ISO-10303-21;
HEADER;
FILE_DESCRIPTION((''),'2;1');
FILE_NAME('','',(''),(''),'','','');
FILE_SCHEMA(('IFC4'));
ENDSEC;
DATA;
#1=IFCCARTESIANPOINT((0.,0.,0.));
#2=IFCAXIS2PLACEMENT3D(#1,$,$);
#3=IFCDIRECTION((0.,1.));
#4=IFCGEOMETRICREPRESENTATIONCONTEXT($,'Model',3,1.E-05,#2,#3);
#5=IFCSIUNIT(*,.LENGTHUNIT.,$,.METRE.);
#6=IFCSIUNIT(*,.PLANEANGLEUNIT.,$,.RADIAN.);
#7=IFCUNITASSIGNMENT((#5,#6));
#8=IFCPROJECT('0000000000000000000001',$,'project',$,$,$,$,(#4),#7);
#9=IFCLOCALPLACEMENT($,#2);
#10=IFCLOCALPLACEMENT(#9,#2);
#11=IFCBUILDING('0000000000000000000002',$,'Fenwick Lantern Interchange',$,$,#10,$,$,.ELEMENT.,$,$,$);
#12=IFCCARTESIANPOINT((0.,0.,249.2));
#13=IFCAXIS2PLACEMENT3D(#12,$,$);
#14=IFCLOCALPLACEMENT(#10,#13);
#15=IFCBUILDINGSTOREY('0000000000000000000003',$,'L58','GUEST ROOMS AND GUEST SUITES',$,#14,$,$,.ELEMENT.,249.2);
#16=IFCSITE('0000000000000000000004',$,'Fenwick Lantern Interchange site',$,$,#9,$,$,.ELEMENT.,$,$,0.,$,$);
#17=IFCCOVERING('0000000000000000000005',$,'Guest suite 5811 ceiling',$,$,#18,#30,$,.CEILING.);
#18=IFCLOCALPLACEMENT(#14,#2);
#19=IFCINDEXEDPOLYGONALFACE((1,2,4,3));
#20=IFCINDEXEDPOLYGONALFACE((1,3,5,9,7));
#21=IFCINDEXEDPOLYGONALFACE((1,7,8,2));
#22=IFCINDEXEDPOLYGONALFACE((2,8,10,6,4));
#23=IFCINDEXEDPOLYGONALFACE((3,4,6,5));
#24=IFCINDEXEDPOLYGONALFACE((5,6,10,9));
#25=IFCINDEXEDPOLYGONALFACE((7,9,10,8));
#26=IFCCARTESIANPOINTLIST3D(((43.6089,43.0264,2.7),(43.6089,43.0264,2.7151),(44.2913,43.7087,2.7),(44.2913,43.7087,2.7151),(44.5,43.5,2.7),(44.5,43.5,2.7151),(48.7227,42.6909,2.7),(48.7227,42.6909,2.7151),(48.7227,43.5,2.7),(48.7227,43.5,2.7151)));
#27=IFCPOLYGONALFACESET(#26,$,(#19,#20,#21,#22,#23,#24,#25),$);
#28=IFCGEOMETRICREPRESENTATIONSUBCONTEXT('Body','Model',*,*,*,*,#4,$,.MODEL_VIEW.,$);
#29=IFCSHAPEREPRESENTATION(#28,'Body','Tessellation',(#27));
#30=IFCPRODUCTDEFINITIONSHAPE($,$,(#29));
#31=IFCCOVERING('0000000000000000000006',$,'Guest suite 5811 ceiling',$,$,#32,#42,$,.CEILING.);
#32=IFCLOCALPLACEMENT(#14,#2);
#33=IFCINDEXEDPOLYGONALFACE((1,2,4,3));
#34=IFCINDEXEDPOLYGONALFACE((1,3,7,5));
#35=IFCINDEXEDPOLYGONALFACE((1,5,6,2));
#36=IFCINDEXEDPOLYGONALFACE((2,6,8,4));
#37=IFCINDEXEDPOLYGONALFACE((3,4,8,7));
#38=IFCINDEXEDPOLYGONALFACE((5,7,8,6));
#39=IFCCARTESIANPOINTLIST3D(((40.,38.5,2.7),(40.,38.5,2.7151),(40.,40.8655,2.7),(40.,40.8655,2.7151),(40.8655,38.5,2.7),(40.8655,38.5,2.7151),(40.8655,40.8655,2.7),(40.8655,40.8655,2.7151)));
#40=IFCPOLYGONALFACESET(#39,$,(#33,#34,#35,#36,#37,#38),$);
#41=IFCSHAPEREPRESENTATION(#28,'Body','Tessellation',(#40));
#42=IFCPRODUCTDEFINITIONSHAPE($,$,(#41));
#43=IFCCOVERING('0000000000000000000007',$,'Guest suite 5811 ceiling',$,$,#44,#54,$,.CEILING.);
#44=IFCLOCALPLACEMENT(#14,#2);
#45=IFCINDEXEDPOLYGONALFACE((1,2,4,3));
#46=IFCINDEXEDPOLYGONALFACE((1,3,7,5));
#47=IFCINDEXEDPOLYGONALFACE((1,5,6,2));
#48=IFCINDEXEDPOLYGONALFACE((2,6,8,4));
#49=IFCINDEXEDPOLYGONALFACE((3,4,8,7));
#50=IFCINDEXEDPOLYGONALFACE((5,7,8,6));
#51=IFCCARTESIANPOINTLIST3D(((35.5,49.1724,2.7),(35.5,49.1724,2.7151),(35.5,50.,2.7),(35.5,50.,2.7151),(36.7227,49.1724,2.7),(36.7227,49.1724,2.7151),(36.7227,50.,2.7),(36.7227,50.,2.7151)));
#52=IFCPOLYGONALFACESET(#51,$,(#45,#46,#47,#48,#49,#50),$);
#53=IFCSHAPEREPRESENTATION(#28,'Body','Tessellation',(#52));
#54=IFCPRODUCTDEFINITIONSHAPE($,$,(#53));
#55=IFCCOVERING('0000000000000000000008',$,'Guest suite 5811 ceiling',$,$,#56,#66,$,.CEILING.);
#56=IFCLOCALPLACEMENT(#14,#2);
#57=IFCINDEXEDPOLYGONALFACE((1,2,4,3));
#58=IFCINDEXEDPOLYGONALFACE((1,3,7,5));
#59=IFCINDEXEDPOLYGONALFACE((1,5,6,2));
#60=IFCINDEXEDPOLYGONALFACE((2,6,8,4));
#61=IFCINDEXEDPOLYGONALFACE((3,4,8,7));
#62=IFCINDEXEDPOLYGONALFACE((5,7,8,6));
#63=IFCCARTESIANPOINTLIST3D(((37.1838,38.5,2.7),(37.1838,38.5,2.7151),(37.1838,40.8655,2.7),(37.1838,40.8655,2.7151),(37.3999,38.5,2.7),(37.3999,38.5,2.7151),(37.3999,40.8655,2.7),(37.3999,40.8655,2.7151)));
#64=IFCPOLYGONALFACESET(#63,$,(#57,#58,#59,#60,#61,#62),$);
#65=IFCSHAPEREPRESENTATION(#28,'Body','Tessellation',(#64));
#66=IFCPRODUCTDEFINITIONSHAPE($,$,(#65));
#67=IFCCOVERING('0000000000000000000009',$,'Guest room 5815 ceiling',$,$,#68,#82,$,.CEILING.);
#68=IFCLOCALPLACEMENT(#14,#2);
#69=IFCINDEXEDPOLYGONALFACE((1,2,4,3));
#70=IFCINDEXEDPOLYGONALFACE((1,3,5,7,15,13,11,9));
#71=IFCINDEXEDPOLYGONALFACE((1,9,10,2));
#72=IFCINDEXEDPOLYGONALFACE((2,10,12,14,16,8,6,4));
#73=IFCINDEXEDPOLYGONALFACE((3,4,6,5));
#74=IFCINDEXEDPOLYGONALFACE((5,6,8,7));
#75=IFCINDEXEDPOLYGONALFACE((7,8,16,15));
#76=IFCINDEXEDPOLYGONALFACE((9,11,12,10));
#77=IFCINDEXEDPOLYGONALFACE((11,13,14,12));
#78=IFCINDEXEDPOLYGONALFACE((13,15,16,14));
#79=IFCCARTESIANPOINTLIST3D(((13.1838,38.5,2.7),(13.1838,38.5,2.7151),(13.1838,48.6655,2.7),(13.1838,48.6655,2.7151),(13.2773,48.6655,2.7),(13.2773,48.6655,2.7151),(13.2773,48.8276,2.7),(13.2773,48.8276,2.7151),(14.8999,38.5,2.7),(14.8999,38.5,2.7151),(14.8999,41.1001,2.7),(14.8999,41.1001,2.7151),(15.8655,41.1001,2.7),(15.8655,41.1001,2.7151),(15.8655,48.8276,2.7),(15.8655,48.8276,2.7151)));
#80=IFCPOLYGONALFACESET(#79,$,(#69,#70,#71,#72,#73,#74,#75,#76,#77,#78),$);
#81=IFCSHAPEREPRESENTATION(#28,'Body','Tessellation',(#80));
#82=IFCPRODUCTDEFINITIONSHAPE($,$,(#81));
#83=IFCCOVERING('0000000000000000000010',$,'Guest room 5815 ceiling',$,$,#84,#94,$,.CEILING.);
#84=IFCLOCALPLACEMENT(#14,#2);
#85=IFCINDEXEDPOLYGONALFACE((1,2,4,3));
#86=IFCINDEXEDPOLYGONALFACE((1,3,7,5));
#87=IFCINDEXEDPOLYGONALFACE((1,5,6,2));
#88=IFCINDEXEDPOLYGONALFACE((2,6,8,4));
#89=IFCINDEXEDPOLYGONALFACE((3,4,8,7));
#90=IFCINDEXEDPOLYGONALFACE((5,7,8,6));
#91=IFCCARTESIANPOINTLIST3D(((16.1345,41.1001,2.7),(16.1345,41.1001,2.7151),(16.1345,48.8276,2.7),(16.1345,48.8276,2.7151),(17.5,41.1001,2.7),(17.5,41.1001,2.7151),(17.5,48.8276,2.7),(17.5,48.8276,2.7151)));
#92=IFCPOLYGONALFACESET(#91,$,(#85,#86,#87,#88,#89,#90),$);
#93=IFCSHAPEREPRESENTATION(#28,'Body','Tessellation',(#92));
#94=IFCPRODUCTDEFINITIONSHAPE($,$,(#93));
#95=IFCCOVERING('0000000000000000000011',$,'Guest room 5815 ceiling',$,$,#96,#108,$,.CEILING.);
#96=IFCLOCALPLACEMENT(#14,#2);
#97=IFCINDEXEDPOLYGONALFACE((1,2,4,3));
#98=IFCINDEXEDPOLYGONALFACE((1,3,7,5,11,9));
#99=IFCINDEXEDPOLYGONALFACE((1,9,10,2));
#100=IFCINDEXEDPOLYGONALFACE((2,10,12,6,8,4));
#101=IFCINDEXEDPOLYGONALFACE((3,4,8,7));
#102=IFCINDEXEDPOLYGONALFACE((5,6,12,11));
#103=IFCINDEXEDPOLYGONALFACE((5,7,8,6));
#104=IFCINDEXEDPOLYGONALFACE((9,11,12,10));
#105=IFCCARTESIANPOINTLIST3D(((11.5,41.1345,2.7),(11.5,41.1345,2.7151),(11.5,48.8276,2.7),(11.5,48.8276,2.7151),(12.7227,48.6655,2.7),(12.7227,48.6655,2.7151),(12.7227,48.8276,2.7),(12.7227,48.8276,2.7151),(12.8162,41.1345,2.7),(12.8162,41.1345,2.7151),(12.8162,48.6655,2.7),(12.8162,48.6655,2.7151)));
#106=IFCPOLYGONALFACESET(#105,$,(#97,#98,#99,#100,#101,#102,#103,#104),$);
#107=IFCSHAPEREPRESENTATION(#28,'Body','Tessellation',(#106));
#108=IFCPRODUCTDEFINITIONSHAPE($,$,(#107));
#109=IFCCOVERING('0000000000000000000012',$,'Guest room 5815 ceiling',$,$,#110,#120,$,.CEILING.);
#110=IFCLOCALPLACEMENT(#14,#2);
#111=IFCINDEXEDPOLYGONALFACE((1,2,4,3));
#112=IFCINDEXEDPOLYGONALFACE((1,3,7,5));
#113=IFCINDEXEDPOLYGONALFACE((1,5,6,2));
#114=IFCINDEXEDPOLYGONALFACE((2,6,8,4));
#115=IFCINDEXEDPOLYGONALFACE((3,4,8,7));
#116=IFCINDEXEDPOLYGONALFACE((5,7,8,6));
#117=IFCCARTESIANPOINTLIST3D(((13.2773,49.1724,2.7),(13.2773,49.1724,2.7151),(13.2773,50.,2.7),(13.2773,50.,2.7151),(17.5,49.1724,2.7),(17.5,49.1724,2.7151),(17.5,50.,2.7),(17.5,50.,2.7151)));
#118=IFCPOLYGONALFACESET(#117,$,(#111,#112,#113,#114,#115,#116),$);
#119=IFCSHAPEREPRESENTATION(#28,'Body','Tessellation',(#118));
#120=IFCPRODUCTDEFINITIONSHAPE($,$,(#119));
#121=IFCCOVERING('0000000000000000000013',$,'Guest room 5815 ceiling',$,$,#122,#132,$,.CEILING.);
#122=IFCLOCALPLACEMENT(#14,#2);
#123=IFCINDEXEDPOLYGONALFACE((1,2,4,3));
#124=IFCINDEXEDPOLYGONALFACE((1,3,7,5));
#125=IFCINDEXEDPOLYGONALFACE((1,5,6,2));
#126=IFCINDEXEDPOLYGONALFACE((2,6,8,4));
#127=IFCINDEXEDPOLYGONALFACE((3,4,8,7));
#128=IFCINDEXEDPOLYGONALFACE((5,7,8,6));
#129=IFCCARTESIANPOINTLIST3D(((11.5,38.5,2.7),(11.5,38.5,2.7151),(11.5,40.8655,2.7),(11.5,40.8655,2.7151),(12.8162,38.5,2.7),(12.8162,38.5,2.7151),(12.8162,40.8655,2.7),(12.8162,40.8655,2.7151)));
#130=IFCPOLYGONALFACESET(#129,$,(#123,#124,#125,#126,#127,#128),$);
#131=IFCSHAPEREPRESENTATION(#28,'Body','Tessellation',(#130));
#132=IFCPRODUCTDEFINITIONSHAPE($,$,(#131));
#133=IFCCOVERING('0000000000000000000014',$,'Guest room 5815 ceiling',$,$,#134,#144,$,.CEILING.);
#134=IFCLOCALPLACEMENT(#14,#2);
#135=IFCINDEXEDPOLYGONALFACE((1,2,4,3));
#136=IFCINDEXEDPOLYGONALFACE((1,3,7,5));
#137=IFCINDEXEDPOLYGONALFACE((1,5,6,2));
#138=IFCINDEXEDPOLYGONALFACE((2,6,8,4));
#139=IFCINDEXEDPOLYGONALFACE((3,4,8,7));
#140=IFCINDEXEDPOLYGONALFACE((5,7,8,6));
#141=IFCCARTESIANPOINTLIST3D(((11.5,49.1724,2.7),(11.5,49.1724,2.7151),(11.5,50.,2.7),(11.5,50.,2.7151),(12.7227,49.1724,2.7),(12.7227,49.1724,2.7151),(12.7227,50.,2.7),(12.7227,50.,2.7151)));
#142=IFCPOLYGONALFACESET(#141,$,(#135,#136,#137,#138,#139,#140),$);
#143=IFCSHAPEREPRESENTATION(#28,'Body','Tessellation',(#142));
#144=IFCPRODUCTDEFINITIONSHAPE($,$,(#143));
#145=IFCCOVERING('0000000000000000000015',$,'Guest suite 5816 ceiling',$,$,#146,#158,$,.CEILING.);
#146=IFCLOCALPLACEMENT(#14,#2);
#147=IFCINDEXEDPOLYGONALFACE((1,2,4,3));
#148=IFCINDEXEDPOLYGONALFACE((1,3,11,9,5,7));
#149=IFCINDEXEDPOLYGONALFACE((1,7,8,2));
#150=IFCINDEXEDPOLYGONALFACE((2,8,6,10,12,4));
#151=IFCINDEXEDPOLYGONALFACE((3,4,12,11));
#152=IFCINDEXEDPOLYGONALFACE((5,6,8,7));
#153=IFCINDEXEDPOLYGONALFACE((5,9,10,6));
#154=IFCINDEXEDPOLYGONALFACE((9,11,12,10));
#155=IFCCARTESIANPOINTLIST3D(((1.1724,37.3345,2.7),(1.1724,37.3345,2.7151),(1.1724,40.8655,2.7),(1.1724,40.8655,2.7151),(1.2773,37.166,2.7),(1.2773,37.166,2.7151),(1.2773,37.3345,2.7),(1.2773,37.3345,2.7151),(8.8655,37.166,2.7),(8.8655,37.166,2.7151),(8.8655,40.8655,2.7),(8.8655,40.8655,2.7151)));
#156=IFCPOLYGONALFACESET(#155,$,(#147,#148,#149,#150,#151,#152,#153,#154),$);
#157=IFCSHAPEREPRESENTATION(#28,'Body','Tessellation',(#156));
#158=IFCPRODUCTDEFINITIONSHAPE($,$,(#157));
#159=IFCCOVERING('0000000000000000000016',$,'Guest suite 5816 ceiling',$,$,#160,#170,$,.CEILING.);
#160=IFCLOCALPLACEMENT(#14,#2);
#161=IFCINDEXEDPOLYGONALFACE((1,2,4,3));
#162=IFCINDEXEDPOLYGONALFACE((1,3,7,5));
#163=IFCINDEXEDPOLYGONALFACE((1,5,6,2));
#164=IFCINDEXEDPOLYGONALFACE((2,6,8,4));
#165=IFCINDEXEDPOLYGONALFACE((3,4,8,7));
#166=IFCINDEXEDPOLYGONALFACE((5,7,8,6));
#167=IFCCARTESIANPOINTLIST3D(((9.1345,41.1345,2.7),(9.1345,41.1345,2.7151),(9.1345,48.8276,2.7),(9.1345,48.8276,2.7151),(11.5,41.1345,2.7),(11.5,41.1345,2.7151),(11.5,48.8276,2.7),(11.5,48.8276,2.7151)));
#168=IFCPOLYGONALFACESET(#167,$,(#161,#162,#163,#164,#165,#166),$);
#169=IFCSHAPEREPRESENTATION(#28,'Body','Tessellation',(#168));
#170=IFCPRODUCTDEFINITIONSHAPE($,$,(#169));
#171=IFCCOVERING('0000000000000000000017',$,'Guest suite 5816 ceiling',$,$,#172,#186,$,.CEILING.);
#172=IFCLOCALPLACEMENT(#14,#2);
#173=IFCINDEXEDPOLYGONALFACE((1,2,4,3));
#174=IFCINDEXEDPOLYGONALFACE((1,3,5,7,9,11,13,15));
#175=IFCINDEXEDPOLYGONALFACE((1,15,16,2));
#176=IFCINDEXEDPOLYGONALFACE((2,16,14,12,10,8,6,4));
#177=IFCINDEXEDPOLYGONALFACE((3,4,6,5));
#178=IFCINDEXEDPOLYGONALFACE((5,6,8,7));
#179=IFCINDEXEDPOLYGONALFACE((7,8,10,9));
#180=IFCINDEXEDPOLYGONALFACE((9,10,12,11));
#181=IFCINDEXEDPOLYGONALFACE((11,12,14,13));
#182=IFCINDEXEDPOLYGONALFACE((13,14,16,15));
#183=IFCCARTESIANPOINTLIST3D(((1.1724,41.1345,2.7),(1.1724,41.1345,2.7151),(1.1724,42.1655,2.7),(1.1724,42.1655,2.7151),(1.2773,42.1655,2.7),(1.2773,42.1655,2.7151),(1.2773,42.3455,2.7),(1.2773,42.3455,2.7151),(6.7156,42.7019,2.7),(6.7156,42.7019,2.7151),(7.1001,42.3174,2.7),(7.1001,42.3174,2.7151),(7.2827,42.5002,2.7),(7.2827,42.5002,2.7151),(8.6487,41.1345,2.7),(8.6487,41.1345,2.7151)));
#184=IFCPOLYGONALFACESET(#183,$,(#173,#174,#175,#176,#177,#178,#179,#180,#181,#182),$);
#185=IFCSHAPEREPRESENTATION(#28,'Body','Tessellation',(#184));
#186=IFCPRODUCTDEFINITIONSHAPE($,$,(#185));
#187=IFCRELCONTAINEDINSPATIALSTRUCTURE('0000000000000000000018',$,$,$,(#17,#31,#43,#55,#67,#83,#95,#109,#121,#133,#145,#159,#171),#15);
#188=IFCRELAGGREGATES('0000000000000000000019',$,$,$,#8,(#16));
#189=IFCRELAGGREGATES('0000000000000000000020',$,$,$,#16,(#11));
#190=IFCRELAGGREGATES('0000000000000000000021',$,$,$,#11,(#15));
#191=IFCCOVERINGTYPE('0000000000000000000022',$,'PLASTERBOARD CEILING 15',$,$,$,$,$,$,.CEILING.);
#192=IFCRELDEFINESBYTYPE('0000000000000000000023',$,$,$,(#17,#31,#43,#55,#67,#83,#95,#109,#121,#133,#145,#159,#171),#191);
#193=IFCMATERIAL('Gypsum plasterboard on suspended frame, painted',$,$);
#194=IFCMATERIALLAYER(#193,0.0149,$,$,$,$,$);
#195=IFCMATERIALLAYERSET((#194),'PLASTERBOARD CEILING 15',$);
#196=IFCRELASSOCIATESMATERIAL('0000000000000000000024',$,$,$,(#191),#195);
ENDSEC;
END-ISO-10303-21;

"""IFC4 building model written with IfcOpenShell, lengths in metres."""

from ifc_helpers import new_model, si_unit, direction, frame, origin, place, context, subcontext, project, spatial, polyline, outline, extrude, material, layer, layer_set, type_object, element, save


model = new_model("IFC4")

# Units and contexts
model_context = context("Model", 3, precision=1e-05, world=origin(), true_north=direction((0.0, 1.0)))
body_context = subcontext(model_context, "Body", "Model", "MODEL_VIEW")
ifc_project = project(units=[si_unit("LENGTHUNIT", "METRE"), si_unit("PLANEANGLEUNIT", "RADIAN")], contexts=[model_context])

# Site, building, storey
site_placement = place(None, origin())
site = spatial("IfcSite", under=ifc_project, at=site_placement, Name="Fenwick Lantern Interchange site", CompositionType="ELEMENT", RefElevation=0.0)
building_placement = place(site_placement, origin())
building = spatial("IfcBuilding", under=site, at=building_placement, Name="Fenwick Lantern Interchange", CompositionType="ELEMENT")
storey_placement = place(building_placement, frame((0.0, 0.0, 249.2)))
storey = spatial("IfcBuildingStorey", under=building, at=storey_placement, Name="L58", Description="GUEST ROOMS AND GUEST SUITES", CompositionType="ELEMENT", Elevation=249.2)

# Coverings
ifc_material = material(Name="Gypsum plasterboard on suspended frame, painted")
ifc_layer = layer(ifc_material, 0.0149)
ifc_layer_set = layer_set([ifc_layer], Name="PLASTERBOARD CEILING 15")
covering_type = type_object("IfcCoveringType", Name="PLASTERBOARD CEILING 15", PredefinedType="CEILING", material=ifc_layer_set)
covering_1_placement = place(storey_placement, frame((0.0, 0.0, 2.7)))
element("IfcCovering", 1, at=covering_1_placement, inside=storey, type_object=covering_type, Name="Guest suite 5811 ceiling", PredefinedType="CEILING", context=body_context, shape_type="SweptSolid", body=[
    extrude(outline(polyline([(44.2913, 43.7087), (43.6089, 43.0264), (48.7227, 42.6909), (48.7227, 43.5), (44.5, 43.5), (44.2913, 43.7087)])), origin(), (0.0, 0.0, 1.0), 0.0151),
])
covering_2_placement = place(storey_placement, frame((0.0, 0.0, 2.7)))
element("IfcCovering", 2, at=covering_2_placement, inside=storey, type_object=covering_type, Name="Guest suite 5811 ceiling", PredefinedType="CEILING", context=body_context, shape_type="SweptSolid", body=[
    extrude(outline(polyline([(40.0, 38.5), (40.8655, 38.5), (40.8655, 40.8655), (40.0, 40.8655), (40.0, 38.5)])), origin(), (0.0, 0.0, 1.0), 0.0151),
])
covering_3_placement = place(storey_placement, frame((0.0, 0.0, 2.7)))
element("IfcCovering", 3, at=covering_3_placement, inside=storey, type_object=covering_type, Name="Guest suite 5811 ceiling", PredefinedType="CEILING", context=body_context, shape_type="SweptSolid", body=[
    extrude(outline(polyline([(35.5, 50.0), (35.5, 49.1724), (36.7227, 49.1724), (36.7227, 50.0), (35.5, 50.0)])), origin(), (0.0, 0.0, 1.0), 0.0151),
])
covering_4_placement = place(storey_placement, frame((0.0, 0.0, 2.7)))
element("IfcCovering", 4, at=covering_4_placement, inside=storey, type_object=covering_type, Name="Guest suite 5811 ceiling", PredefinedType="CEILING", context=body_context, shape_type="SweptSolid", body=[
    extrude(outline(polyline([(37.3999, 38.5), (37.3999, 40.8655), (37.1838, 40.8655), (37.1838, 38.5), (37.3999, 38.5)])), origin(), (0.0, 0.0, 1.0), 0.0151),
])
covering_5_placement = place(storey_placement, frame((0.0, 0.0, 2.7)))
element("IfcCovering", 5, at=covering_5_placement, inside=storey, type_object=covering_type, Name="Guest room 5815 ceiling", PredefinedType="CEILING", context=body_context, shape_type="SweptSolid", body=[
    extrude(outline(polyline([(13.2773, 48.6655), (13.1838, 48.6655), (13.1838, 38.5), (14.8999, 38.5), (14.8999, 41.1001), (15.8655, 41.1001), (15.8655, 48.8276), (13.2773, 48.8276), (13.2773, 48.6655)])), origin(), (0.0, 0.0, 1.0), 0.0151),
])
covering_6_placement = place(storey_placement, frame((0.0, 0.0, 2.7)))
element("IfcCovering", 6, at=covering_6_placement, inside=storey, type_object=covering_type, Name="Guest room 5815 ceiling", PredefinedType="CEILING", context=body_context, shape_type="SweptSolid", body=[
    extrude(outline(polyline([(17.5, 41.1001), (17.5, 48.8276), (16.1345, 48.8276), (16.1345, 41.1001), (17.5, 41.1001)])), origin(), (0.0, 0.0, 1.0), 0.0151),
])
covering_7_placement = place(storey_placement, frame((0.0, 0.0, 2.7)))
element("IfcCovering", 7, at=covering_7_placement, inside=storey, type_object=covering_type, Name="Guest room 5815 ceiling", PredefinedType="CEILING", context=body_context, shape_type="SweptSolid", body=[
    extrude(outline(polyline([(12.7227, 48.6655), (12.7227, 48.8276), (11.5, 48.8276), (11.5, 41.1345), (12.8162, 41.1345), (12.8162, 48.6655), (12.7227, 48.6655)])), origin(), (0.0, 0.0, 1.0), 0.0151),
])
covering_8_placement = place(storey_placement, frame((0.0, 0.0, 2.7)))
element("IfcCovering", 8, at=covering_8_placement, inside=storey, type_object=covering_type, Name="Guest room 5815 ceiling", PredefinedType="CEILING", context=body_context, shape_type="SweptSolid", body=[
    extrude(outline(polyline([(13.2773, 50.0), (13.2773, 49.1724), (17.5, 49.1724), (17.5, 50.0), (13.2773, 50.0)])), origin(), (0.0, 0.0, 1.0), 0.0151),
])
covering_9_placement = place(storey_placement, frame((0.0, 0.0, 2.7)))
element("IfcCovering", 9, at=covering_9_placement, inside=storey, type_object=covering_type, Name="Guest room 5815 ceiling", PredefinedType="CEILING", context=body_context, shape_type="SweptSolid", body=[
    extrude(outline(polyline([(11.5, 38.5), (12.8162, 38.5), (12.8162, 40.8655), (11.5, 40.8655), (11.5, 38.5)])), origin(), (0.0, 0.0, 1.0), 0.0151),
])
covering_10_placement = place(storey_placement, frame((0.0, 0.0, 2.7)))
element("IfcCovering", 10, at=covering_10_placement, inside=storey, type_object=covering_type, Name="Guest room 5815 ceiling", PredefinedType="CEILING", context=body_context, shape_type="SweptSolid", body=[
    extrude(outline(polyline([(12.7227, 50.0), (11.5, 50.0), (11.5, 49.1724), (12.7227, 49.1724), (12.7227, 50.0)])), origin(), (0.0, 0.0, 1.0), 0.0151),
])
covering_11_placement = place(storey_placement, frame((0.0, 0.0, 2.7)))
element("IfcCovering", 11, at=covering_11_placement, inside=storey, type_object=covering_type, Name="Guest suite 5816 ceiling", PredefinedType="CEILING", context=body_context, shape_type="SweptSolid", body=[
    extrude(outline(polyline([(1.2773, 37.3345), (1.2773, 37.166), (8.8655, 37.166), (8.8655, 40.8655), (1.1724, 40.8655), (1.1724, 37.3345), (1.2773, 37.3345)])), origin(), (0.0, 0.0, 1.0), 0.0151),
])
covering_12_placement = place(storey_placement, frame((0.0, 0.0, 2.7)))
element("IfcCovering", 12, at=covering_12_placement, inside=storey, type_object=covering_type, Name="Guest suite 5816 ceiling", PredefinedType="CEILING", context=body_context, shape_type="SweptSolid", body=[
    extrude(outline(polyline([(11.5, 41.1345), (11.5, 48.8276), (9.1345, 48.8276), (9.1345, 41.1345), (11.5, 41.1345)])), origin(), (0.0, 0.0, 1.0), 0.0151),
])
covering_13_placement = place(storey_placement, frame((0.0, 0.0, 2.7)))
element("IfcCovering", 13, at=covering_13_placement, inside=storey, type_object=covering_type, Name="Guest suite 5816 ceiling", PredefinedType="CEILING", context=body_context, shape_type="SweptSolid", body=[
    extrude(outline(polyline([(1.2773, 42.1655), (1.1724, 42.1655), (1.1724, 41.1345), (8.6487, 41.1345), (7.2827, 42.5002), (7.1001, 42.3174), (6.7156, 42.7019), (1.2773, 42.3455), (1.2773, 42.1655)])), origin(), (0.0, 0.0, 1.0), 0.0151),
])

save(model, "model.ifc")
